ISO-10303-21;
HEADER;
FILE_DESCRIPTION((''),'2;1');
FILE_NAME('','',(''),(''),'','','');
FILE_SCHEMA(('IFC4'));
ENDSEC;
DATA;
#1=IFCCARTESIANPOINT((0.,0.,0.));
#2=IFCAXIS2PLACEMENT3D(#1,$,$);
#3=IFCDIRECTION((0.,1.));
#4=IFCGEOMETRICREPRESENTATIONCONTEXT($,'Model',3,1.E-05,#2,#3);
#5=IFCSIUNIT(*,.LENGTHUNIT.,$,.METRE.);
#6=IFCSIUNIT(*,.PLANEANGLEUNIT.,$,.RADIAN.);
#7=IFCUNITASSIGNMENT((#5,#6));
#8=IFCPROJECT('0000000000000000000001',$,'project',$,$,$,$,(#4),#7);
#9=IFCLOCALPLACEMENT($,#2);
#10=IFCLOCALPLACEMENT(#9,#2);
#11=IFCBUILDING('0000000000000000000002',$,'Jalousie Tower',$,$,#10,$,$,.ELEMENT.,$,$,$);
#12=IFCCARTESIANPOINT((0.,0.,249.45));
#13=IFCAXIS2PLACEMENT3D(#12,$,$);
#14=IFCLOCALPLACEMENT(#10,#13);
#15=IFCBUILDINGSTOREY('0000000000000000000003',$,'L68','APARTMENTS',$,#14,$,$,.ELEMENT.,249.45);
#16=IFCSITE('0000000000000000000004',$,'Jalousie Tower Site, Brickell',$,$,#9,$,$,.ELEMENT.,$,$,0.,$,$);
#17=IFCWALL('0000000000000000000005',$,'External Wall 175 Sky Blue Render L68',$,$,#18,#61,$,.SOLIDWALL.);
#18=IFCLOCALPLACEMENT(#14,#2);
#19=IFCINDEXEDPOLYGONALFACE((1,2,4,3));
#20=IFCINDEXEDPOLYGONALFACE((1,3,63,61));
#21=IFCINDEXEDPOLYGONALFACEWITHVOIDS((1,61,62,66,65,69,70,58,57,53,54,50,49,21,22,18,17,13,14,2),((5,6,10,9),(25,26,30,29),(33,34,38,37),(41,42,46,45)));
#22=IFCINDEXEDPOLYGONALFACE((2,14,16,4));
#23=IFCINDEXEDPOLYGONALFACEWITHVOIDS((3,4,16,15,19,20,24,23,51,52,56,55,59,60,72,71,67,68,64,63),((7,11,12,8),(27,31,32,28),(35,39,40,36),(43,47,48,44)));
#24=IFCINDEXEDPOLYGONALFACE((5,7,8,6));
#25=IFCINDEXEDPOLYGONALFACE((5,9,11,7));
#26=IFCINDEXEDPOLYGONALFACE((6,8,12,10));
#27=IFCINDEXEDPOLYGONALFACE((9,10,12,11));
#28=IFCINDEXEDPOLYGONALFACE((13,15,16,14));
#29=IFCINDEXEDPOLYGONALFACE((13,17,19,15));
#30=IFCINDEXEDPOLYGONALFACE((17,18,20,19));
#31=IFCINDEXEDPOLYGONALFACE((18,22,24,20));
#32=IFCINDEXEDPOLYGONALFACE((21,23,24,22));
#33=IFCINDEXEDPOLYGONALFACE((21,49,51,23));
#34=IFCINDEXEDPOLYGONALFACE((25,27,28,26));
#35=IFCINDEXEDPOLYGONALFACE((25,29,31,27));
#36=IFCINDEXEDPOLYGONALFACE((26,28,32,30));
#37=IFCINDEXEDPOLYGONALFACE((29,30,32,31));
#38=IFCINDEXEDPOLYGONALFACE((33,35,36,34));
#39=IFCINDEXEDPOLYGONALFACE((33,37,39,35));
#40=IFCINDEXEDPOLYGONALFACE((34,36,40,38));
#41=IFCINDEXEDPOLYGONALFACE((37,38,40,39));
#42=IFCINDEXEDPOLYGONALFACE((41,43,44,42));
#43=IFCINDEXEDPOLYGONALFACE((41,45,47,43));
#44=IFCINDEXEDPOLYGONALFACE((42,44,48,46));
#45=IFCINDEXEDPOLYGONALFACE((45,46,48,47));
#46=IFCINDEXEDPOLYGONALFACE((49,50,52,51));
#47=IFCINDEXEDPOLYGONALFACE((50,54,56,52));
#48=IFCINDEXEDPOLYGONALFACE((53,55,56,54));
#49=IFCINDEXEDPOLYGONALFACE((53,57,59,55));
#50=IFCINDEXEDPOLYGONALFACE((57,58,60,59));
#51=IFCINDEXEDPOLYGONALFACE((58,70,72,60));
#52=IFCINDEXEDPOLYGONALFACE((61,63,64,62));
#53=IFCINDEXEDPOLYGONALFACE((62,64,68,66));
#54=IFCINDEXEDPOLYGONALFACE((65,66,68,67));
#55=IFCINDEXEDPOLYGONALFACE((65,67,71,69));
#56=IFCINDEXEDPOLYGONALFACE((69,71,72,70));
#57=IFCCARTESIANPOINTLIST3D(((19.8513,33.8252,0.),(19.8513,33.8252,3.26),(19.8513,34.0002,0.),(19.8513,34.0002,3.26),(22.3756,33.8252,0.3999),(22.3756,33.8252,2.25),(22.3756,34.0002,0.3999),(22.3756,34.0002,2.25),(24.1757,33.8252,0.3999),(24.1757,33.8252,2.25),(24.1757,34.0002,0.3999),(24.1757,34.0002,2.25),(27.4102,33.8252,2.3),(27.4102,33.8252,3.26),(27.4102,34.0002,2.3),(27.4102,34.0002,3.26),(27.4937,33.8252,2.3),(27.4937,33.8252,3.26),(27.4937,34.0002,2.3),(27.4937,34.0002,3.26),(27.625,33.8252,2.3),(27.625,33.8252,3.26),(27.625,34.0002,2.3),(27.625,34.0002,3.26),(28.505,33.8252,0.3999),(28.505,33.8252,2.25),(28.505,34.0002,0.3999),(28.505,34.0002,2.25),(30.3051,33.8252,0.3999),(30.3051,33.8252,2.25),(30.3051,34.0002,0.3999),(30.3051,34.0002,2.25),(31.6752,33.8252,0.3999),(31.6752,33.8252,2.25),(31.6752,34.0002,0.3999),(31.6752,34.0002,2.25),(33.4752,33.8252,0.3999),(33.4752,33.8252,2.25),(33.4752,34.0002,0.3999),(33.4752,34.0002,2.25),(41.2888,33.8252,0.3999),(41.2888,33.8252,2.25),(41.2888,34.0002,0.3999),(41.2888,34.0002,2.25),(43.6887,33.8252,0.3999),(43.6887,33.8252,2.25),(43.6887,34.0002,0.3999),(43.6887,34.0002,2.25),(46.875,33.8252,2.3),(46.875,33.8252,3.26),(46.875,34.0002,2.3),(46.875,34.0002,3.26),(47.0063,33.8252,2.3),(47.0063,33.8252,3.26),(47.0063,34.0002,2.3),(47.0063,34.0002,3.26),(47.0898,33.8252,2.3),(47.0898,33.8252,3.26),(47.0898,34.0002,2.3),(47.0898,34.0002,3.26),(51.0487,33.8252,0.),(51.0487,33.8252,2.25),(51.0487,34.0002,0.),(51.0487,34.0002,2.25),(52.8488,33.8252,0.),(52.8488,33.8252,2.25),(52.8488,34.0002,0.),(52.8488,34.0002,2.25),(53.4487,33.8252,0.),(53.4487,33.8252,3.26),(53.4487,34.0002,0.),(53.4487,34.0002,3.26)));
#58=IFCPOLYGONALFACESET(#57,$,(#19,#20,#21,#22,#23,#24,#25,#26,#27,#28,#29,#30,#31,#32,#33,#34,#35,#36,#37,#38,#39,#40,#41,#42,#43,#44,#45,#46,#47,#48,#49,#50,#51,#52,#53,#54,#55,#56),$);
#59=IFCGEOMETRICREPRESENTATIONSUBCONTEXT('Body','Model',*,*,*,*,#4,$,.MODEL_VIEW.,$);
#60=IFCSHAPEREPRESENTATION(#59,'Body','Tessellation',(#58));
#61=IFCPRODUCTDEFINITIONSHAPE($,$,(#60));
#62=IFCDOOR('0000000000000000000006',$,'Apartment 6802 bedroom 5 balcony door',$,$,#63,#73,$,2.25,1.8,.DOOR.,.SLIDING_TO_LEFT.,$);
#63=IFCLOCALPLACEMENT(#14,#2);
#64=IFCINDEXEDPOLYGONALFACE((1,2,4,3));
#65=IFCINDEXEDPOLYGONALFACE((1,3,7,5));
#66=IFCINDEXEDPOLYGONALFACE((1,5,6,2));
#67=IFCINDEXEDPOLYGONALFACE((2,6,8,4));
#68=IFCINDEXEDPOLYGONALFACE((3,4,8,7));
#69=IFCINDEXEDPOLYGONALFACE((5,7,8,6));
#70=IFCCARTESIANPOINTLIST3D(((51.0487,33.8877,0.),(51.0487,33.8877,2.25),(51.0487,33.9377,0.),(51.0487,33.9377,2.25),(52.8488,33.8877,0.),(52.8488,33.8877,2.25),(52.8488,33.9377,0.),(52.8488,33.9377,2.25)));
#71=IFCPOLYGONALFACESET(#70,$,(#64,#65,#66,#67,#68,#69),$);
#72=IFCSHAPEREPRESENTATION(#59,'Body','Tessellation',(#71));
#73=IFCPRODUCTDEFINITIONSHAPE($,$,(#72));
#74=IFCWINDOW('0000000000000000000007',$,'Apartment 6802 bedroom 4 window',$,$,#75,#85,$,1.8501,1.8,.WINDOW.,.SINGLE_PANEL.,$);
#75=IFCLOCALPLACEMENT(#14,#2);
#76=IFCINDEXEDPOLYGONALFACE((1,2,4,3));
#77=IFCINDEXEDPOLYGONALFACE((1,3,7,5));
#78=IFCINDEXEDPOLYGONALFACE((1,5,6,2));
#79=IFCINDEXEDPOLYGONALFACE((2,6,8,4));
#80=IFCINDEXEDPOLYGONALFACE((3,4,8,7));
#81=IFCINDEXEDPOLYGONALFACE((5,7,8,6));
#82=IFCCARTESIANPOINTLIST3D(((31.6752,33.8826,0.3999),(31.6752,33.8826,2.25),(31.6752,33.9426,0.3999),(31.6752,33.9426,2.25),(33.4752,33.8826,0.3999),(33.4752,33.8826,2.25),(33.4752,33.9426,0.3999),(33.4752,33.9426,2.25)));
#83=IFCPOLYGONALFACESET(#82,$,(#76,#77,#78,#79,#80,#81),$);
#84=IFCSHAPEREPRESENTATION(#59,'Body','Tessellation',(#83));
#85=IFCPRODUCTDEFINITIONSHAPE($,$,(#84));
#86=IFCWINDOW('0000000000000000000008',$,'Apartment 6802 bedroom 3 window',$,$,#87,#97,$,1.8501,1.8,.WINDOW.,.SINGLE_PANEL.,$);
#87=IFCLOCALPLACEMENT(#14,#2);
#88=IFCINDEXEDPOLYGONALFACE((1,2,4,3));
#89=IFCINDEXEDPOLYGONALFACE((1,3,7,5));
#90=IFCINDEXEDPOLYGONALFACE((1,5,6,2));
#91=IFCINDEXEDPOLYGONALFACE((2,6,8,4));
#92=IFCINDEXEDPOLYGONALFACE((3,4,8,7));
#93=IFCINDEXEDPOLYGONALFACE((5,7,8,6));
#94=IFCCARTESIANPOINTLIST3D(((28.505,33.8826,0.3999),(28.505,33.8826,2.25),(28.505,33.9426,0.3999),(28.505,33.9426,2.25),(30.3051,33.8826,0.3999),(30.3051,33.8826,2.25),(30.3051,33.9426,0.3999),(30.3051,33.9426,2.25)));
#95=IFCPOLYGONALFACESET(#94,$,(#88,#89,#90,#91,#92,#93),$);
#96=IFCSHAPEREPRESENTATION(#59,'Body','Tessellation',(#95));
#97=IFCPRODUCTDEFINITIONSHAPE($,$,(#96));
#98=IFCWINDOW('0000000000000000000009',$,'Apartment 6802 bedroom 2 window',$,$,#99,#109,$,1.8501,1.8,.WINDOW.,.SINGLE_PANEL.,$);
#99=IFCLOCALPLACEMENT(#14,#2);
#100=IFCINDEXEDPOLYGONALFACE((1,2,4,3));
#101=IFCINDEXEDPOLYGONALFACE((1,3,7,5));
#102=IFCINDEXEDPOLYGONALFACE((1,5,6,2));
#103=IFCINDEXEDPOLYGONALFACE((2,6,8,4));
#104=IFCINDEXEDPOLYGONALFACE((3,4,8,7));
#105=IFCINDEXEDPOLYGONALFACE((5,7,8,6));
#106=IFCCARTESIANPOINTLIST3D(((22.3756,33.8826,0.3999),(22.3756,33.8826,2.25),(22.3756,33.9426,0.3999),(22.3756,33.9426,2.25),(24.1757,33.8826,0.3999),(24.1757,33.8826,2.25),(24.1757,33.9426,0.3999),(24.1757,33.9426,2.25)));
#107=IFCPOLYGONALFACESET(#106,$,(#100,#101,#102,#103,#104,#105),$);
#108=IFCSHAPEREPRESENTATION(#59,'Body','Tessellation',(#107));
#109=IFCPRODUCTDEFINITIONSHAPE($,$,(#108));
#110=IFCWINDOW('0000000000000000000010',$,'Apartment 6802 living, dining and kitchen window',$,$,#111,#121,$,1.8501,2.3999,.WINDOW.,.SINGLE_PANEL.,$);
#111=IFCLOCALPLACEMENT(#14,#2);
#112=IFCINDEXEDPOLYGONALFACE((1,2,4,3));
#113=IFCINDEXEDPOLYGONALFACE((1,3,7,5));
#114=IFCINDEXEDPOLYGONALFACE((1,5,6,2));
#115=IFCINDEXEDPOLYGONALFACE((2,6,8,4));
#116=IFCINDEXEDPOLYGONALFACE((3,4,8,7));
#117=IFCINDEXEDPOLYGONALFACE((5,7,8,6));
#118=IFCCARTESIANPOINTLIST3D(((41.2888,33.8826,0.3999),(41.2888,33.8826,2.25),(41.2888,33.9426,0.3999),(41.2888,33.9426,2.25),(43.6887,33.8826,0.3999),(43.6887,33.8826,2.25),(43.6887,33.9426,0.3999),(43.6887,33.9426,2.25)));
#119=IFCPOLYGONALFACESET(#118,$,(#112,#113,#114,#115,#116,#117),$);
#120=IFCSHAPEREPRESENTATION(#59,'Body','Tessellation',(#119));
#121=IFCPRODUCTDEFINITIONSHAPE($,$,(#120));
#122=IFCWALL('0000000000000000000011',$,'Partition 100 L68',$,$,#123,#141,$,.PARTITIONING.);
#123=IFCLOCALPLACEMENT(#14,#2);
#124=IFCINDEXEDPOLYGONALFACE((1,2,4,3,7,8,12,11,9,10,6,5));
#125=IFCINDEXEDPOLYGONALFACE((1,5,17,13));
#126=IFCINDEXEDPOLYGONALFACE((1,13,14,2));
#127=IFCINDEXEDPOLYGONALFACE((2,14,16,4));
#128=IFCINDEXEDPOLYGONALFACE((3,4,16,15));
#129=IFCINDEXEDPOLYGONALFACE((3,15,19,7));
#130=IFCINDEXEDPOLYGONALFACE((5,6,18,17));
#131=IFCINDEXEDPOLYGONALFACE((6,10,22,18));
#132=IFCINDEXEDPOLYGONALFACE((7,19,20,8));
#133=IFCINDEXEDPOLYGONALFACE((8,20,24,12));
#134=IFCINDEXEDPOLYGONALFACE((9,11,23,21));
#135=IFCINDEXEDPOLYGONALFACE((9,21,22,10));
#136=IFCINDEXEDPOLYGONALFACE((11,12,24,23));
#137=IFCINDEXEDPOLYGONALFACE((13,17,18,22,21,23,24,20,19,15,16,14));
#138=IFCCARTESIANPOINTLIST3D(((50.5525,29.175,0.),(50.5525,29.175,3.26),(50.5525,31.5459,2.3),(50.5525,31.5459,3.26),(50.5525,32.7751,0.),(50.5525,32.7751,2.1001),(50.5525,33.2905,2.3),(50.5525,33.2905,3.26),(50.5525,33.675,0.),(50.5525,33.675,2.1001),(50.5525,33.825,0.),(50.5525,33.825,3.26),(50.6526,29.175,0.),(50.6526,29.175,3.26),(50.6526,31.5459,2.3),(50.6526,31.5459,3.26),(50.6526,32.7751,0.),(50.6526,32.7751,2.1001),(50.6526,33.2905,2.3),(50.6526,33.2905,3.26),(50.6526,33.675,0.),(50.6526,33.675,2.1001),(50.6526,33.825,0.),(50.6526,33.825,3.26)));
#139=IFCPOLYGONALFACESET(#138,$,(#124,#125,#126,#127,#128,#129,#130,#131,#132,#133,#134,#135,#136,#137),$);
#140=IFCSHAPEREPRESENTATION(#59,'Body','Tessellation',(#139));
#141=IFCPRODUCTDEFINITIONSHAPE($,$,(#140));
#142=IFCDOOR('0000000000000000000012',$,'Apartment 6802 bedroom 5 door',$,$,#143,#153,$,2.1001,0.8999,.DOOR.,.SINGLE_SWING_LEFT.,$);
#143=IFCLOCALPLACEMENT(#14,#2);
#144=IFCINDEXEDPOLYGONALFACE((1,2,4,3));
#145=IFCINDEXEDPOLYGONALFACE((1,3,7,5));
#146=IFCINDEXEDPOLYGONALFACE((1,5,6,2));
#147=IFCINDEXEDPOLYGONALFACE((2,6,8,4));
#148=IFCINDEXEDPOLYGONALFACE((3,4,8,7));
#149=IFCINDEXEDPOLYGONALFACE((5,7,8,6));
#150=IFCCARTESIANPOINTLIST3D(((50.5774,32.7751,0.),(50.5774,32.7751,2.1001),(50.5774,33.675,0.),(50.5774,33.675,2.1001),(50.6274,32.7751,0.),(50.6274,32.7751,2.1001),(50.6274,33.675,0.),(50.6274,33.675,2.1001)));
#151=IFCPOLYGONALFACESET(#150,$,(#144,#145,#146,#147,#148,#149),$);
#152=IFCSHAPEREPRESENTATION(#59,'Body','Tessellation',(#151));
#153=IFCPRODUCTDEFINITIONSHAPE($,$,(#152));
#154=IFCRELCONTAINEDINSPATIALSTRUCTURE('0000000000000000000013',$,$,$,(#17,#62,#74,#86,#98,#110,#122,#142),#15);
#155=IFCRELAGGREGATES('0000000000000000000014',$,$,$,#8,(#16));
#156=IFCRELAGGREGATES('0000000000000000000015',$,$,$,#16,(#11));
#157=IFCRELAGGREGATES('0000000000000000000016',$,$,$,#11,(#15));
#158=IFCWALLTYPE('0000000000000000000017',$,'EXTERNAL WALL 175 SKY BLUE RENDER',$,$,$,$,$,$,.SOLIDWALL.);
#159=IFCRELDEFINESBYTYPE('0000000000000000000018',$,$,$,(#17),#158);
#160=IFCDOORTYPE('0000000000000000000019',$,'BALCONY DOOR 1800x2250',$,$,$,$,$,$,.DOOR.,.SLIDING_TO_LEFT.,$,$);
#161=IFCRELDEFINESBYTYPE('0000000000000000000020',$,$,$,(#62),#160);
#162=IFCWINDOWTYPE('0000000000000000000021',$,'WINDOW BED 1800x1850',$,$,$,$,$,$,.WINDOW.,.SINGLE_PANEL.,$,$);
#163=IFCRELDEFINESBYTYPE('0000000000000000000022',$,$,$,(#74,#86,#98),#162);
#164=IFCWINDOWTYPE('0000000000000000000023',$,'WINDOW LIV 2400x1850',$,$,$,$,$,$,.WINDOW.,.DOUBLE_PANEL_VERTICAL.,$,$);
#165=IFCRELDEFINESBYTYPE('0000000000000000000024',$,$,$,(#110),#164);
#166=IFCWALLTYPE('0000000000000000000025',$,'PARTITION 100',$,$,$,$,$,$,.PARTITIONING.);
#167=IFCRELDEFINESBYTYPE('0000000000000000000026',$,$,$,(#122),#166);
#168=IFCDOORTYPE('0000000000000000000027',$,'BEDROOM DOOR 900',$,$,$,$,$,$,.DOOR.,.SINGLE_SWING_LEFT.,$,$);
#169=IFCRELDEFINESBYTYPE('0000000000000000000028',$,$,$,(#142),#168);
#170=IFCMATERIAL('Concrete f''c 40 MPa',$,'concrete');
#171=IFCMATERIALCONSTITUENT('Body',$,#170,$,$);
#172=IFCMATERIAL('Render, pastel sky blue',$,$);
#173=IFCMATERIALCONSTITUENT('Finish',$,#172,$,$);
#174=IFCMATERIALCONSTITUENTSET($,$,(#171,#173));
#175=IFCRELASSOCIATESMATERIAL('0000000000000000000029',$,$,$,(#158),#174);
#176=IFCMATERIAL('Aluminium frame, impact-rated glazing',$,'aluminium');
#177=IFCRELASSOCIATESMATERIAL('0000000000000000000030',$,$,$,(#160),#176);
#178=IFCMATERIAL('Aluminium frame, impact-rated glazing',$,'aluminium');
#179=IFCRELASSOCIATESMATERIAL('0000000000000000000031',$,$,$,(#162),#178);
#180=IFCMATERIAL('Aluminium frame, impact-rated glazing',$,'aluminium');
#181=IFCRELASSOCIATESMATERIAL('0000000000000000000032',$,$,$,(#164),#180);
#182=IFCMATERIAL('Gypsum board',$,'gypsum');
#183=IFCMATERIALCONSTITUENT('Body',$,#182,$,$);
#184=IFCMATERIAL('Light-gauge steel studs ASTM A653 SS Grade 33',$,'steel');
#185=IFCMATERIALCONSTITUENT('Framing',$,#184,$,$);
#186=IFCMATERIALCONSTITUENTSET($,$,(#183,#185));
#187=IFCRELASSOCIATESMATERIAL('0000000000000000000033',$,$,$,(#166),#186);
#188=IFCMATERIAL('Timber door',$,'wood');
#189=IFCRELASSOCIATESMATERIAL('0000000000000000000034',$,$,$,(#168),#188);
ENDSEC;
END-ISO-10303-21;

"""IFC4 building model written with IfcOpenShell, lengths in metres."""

from ifc_helpers import new_model, si_unit, direction, frame, frame_2d, origin, place, context, subcontext, project, spatial, polyline, rectangle, outline, extrude, material, constituent, constituent_set, type_object, element, fill, save


model = new_model("IFC4")

# Units and contexts
model_context = context("Model", 3, precision=1e-05, world=origin(), true_north=direction((0.0, 1.0)))
body_context = subcontext(model_context, "Body", "Model", "MODEL_VIEW")
ifc_project = project(units=[si_unit("LENGTHUNIT", "METRE"), si_unit("PLANEANGLEUNIT", "RADIAN")], contexts=[model_context])

# Site, building, storey
site_placement = place(None, origin())
site = spatial("IfcSite", under=ifc_project, at=site_placement, Name="Jalousie Tower Site, Brickell", CompositionType="ELEMENT", RefElevation=0.0)
building_placement = place(site_placement, origin())
building = spatial("IfcBuilding", under=site, at=building_placement, Name="Jalousie Tower", CompositionType="ELEMENT")
storey_placement = place(building_placement, frame((0.0, 0.0, 249.45)))
storey = spatial("IfcBuildingStorey", under=building, at=storey_placement, Name="L68", Description="APARTMENTS", CompositionType="ELEMENT", Elevation=249.45)

# Wall, openings, door, windows
ifc_material_1 = material(Name="Concrete f'c 40 MPa", Category="concrete")
ifc_constituent_1 = constituent(ifc_material_1, Name="Body")
ifc_material_2 = material(Name="Render, pastel sky blue")
ifc_constituent_2 = constituent(ifc_material_2, Name="Finish")
ifc_constituent_set_1 = constituent_set(constituents=[ifc_constituent_1, ifc_constituent_2])
wall_type_1 = type_object("IfcWallType", Name="EXTERNAL WALL 175 SKY BLUE RENDER", PredefinedType="SOLIDWALL", material=ifc_constituent_set_1)
wall_1_placement = place(storey_placement, frame((53.4487, 33.9126, 0.0), z_axis=(0.0, 0.0, 1.0), x_axis=(-1.0, 0.0, 0.0)))
wall_1 = element("IfcWall", 1, at=wall_1_placement, inside=storey, type_object=wall_type_1, Name="External Wall 175 Sky Blue Render L68", PredefinedType="SOLIDWALL", context=body_context, shape_type="SweptSolid", body=[
    extrude(outline(polyline([(0.0, 0.0), (33.5974, 0.0), (33.5974, 3.26), (26.0386, 3.26), (26.0386, 2.3), (25.9551, 2.3), (25.9551, 3.26), (25.8237, 3.26), (25.8237, 2.3), (6.5737, 2.3), (6.5737, 3.26), (6.4424, 3.26), (6.4424, 2.3), (6.3589, 2.3), (6.3589, 3.26), (0.0, 3.26), (0.0, 0.0)])), frame((0.0, 0.0874, 0.0), z_axis=(0.0, -1.0, 0.0), x_axis=(1.0, 0.0, 0.0)), (0.0, 0.0, 1.0), 0.175),
])
opening_1_placement = place(wall_1_placement, frame((0.6001, 0.0, 0.0)))
opening_1 = element("IfcOpeningElement", 2, at=opening_1_placement, cuts=wall_1, PredefinedType="OPENING", context=body_context, shape_type="SweptSolid", body=[
    extrude(rectangle(XDim=1.8, YDim=2.25, at=frame_2d((0.8999, 1.125))), frame((0.0, 0.0974, 0.0), z_axis=(0.0, -1.0, 0.0), x_axis=(1.0, 0.0, 0.0)), (0.0, 0.0, 1.0), 0.1951),
])
opening_2_placement = place(wall_1_placement, frame((9.76, 0.0, 0.3999)))
opening_2 = element("IfcOpeningElement", 3, at=opening_2_placement, cuts=wall_1, PredefinedType="OPENING", context=body_context, shape_type="SweptSolid", body=[
    extrude(rectangle(XDim=2.3999, YDim=1.8501, at=frame_2d((1.2, 0.925))), frame((0.0, 0.0974, 0.0), z_axis=(0.0, -1.0, 0.0), x_axis=(1.0, 0.0, 0.0)), (0.0, 0.0, 1.0), 0.1951),
])
opening_3_placement = place(wall_1_placement, frame((19.9736, 0.0, 0.3999)))
opening_3 = element("IfcOpeningElement", 4, at=opening_3_placement, cuts=wall_1, PredefinedType="OPENING", context=body_context, shape_type="SweptSolid", body=[
    extrude(rectangle(XDim=1.8, YDim=1.8501, at=frame_2d((0.8999, 0.925))), frame((0.0, 0.0974, 0.0), z_axis=(0.0, -1.0, 0.0), x_axis=(1.0, 0.0, 0.0)), (0.0, 0.0, 1.0), 0.1951),
])
opening_4_placement = place(wall_1_placement, frame((23.1438, 0.0, 0.3999)))
opening_4 = element("IfcOpeningElement", 5, at=opening_4_placement, cuts=wall_1, PredefinedType="OPENING", context=body_context, shape_type="SweptSolid", body=[
    extrude(rectangle(XDim=1.8, YDim=1.8501, at=frame_2d((0.8999, 0.925))), frame((0.0, 0.0974, 0.0), z_axis=(0.0, -1.0, 0.0), x_axis=(1.0, 0.0, 0.0)), (0.0, 0.0, 1.0), 0.1951),
])
opening_5_placement = place(wall_1_placement, frame((29.2732, 0.0, 0.3999)))
opening_5 = element("IfcOpeningElement", 6, at=opening_5_placement, cuts=wall_1, PredefinedType="OPENING", context=body_context, shape_type="SweptSolid", body=[
    extrude(rectangle(XDim=1.8, YDim=1.8501, at=frame_2d((0.8999, 0.925))), frame((0.0, 0.0974, 0.0), z_axis=(0.0, -1.0, 0.0), x_axis=(1.0, 0.0, 0.0)), (0.0, 0.0, 1.0), 0.1951),
])
ifc_material_3 = material(Name="Aluminium frame, impact-rated glazing", Category="aluminium")
door_type_1 = type_object("IfcDoorType", Name="BALCONY DOOR 1800x2250", OperationType="SLIDING_TO_LEFT", PredefinedType="DOOR", material=ifc_material_3)
door_1_placement = place(opening_1_placement, origin())
door_1 = element("IfcDoor", 7, at=door_1_placement, inside=storey, type_object=door_type_1, Name="Apartment 6802 bedroom 5 balcony door", OperationType="SLIDING_TO_LEFT", OverallHeight=2.25, OverallWidth=1.8, PredefinedType="DOOR", context=body_context, shape_type="SweptSolid", body=[
    extrude(rectangle(XDim=1.8, YDim=2.25, at=frame_2d((0.8999, 1.125))), frame((0.0, 0.0249, 0.0), z_axis=(0.0, -1.0, 0.0), x_axis=(1.0, 0.0, 0.0)), (0.0, 0.0, 1.0), 0.05),
])
fill(opening_1, door_1)
ifc_material_4 = material(Name="Aluminium frame, impact-rated glazing", Category="aluminium")
window_type_1 = type_object("IfcWindowType", Name="WINDOW BED 1800x1850", PartitioningType="SINGLE_PANEL", PredefinedType="WINDOW", material=ifc_material_4)
window_1_placement = place(opening_3_placement, origin())
window_1 = element("IfcWindow", 8, at=window_1_placement, inside=storey, type_object=window_type_1, Name="Apartment 6802 bedroom 4 window", OverallHeight=1.8501, OverallWidth=1.8, PartitioningType="SINGLE_PANEL", PredefinedType="WINDOW", context=body_context, shape_type="SweptSolid", body=[
    extrude(rectangle(XDim=1.8, YDim=1.8501, at=frame_2d((0.8999, 0.925))), frame((0.0, 0.03, 0.0), z_axis=(0.0, -1.0, 0.0), x_axis=(1.0, 0.0, 0.0)), (0.0, 0.0, 1.0), 0.0601),
])
fill(opening_3, window_1)
window_2_placement = place(opening_4_placement, origin())
window_2 = element("IfcWindow", 9, at=window_2_placement, inside=storey, type_object=window_type_1, Name="Apartment 6802 bedroom 3 window", OverallHeight=1.8501, OverallWidth=1.8, PartitioningType="SINGLE_PANEL", PredefinedType="WINDOW", context=body_context, shape_type="SweptSolid", body=[
    extrude(rectangle(XDim=1.8, YDim=1.8501, at=frame_2d((0.8999, 0.925))), frame((0.0, 0.03, 0.0), z_axis=(0.0, -1.0, 0.0), x_axis=(1.0, 0.0, 0.0)), (0.0, 0.0, 1.0), 0.0601),
])
fill(opening_4, window_2)
window_3_placement = place(opening_5_placement, origin())
window_3 = element("IfcWindow", 10, at=window_3_placement, inside=storey, type_object=window_type_1, Name="Apartment 6802 bedroom 2 window", OverallHeight=1.8501, OverallWidth=1.8, PartitioningType="SINGLE_PANEL", PredefinedType="WINDOW", context=body_context, shape_type="SweptSolid", body=[
    extrude(rectangle(XDim=1.8, YDim=1.8501, at=frame_2d((0.8999, 0.925))), frame((0.0, 0.03, 0.0), z_axis=(0.0, -1.0, 0.0), x_axis=(1.0, 0.0, 0.0)), (0.0, 0.0, 1.0), 0.0601),
])
fill(opening_5, window_3)
ifc_material_5 = material(Name="Aluminium frame, impact-rated glazing", Category="aluminium")
window_type_2 = type_object("IfcWindowType", Name="WINDOW LIV 2400x1850", PartitioningType="DOUBLE_PANEL_VERTICAL", PredefinedType="WINDOW", material=ifc_material_5)
window_4_placement = place(opening_2_placement, origin())
window_4 = element("IfcWindow", 11, at=window_4_placement, inside=storey, type_object=window_type_2, Name="Apartment 6802 living, dining and kitchen window", OverallHeight=1.8501, OverallWidth=2.3999, PartitioningType="SINGLE_PANEL", PredefinedType="WINDOW", context=body_context, shape_type="SweptSolid", body=[
    extrude(rectangle(XDim=2.3999, YDim=1.8501, at=frame_2d((1.2, 0.925))), frame((0.0, 0.03, 0.0), z_axis=(0.0, -1.0, 0.0), x_axis=(1.0, 0.0, 0.0)), (0.0, 0.0, 1.0), 0.0601),
])
fill(opening_2, window_4)

# Wall, opening, door
ifc_material_6 = material(Name="Gypsum board", Category="gypsum")
ifc_constituent_3 = constituent(ifc_material_6, Name="Body")
ifc_material_7 = material(Name="Light-gauge steel studs ASTM A653 SS Grade 33", Category="steel")
ifc_constituent_4 = constituent(ifc_material_7, Name="Framing")
ifc_constituent_set_2 = constituent_set(constituents=[ifc_constituent_3, ifc_constituent_4])
wall_type_2 = type_object("IfcWallType", Name="PARTITION 100", PredefinedType="PARTITIONING", material=ifc_constituent_set_2)
wall_2_placement = place(storey_placement, frame((50.6025, 33.825, 0.0), z_axis=(0.0, 0.0, 1.0), x_axis=(0.0, -1.0, 0.0)))
wall_2 = element("IfcWall", 12, at=wall_2_placement, inside=storey, type_object=wall_type_2, Name="Partition 100 L68", PredefinedType="PARTITIONING", context=body_context, shape_type="SweptSolid", body=[
    extrude(outline(polyline([(0.0, 0.0), (4.6499, 0.0), (4.6499, 3.26), (2.2791, 3.26), (2.2791, 2.3), (0.5344, 2.3), (0.5344, 3.26), (0.0, 3.26), (0.0, 0.0)])), frame((0.0, 0.05, 0.0), z_axis=(0.0, -1.0, 0.0), x_axis=(1.0, 0.0, 0.0)), (0.0, 0.0, 1.0), 0.1001),
])
opening_6_placement = place(wall_2_placement, frame((0.1499, 0.0, 0.0)))
opening_6 = element("IfcOpeningElement", 13, at=opening_6_placement, cuts=wall_2, PredefinedType="OPENING", context=body_context, shape_type="SweptSolid", body=[
    extrude(rectangle(XDim=0.8999, YDim=2.1001, at=frame_2d((0.45, 1.05))), frame((0.0, 0.0601, 0.0), z_axis=(0.0, -1.0, 0.0), x_axis=(1.0, 0.0, 0.0)), (0.0, 0.0, 1.0), 0.1201),
])
ifc_material_8 = material(Name="Timber door", Category="wood")
door_type_2 = type_object("IfcDoorType", Name="BEDROOM DOOR 900", OperationType="SINGLE_SWING_LEFT", PredefinedType="DOOR", material=ifc_material_8)
door_2_placement = place(opening_6_placement, origin())
door_2 = element("IfcDoor", 14, at=door_2_placement, inside=storey, type_object=door_type_2, Name="Apartment 6802 bedroom 5 door", OperationType="SINGLE_SWING_LEFT", OverallHeight=2.1001, OverallWidth=0.8999, PredefinedType="DOOR", context=body_context, shape_type="SweptSolid", body=[
    extrude(rectangle(XDim=0.8999, YDim=2.1001, at=frame_2d((0.45, 1.05))), frame((0.0, 0.0249, 0.0), z_axis=(0.0, -1.0, 0.0), x_axis=(1.0, 0.0, 0.0)), (0.0, 0.0, 1.0), 0.05),
])
fill(opening_6, door_2)

save(model, "model.ifc")
